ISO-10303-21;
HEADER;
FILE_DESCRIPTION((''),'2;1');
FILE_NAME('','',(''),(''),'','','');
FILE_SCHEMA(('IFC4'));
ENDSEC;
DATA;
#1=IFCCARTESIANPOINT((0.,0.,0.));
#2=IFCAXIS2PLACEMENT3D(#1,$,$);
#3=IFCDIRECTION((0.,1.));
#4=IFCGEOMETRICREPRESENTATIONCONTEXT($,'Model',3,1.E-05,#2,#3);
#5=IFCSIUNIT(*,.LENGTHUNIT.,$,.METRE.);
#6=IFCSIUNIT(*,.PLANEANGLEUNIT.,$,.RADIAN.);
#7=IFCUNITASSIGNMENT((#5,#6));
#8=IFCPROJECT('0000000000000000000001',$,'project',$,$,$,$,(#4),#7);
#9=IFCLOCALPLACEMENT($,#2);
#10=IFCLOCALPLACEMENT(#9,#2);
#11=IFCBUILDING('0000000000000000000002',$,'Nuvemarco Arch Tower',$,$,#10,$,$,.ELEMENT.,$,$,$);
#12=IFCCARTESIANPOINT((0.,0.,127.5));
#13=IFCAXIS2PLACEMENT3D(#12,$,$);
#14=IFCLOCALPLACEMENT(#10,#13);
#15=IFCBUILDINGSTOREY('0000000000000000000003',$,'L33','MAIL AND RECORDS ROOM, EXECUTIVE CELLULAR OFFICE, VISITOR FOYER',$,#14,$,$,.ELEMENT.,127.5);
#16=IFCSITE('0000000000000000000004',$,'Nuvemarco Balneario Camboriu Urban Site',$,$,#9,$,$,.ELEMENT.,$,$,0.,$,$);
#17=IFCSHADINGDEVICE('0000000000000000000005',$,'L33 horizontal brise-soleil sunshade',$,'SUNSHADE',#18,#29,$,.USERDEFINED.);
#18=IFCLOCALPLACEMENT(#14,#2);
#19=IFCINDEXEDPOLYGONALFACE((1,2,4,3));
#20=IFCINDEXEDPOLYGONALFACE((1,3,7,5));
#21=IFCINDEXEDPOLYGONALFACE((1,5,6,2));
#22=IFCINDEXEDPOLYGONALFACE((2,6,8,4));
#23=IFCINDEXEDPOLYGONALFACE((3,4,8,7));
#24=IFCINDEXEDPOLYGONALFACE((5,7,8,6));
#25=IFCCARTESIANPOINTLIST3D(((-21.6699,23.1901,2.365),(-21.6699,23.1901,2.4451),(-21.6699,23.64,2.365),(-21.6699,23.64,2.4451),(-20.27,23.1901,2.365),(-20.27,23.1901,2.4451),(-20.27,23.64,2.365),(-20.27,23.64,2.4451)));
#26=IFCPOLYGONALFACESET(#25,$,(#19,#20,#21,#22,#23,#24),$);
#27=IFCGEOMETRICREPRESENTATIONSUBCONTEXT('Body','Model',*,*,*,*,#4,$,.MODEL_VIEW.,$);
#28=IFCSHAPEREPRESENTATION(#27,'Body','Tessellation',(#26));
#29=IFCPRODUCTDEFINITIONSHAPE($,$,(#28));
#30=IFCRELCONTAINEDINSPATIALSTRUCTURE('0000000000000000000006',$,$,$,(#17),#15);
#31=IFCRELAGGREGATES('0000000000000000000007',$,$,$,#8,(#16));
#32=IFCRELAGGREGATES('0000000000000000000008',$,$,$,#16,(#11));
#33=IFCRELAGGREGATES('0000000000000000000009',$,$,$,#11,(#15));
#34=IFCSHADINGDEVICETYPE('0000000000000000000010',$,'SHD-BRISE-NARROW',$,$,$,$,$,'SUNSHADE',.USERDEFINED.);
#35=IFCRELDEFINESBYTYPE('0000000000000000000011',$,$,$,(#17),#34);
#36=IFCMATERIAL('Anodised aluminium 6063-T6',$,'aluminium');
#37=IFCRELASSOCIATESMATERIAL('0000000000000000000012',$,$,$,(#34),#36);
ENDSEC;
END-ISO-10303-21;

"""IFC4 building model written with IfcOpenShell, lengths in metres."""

from ifc_helpers import new_model, si_unit, direction, frame, origin, origin_2d, place, context, subcontext, project, spatial, rectangle, extrude, source, transform, mapped, material, type_object, type_shapes, element, save


model = new_model("IFC4")

# Units and contexts
model_context = context("Model", 3, precision=1e-05, world=origin(), true_north=direction((0.0, 1.0)))
body_context = subcontext(model_context, "Body", "Model", "MODEL_VIEW")
ifc_project = project(units=[si_unit("LENGTHUNIT", "METRE"), si_unit("PLANEANGLEUNIT", "RADIAN")], contexts=[model_context])

# Site, building, storey
site_placement = place(None, origin())
site = spatial("IfcSite", under=ifc_project, at=site_placement, Name="Nuvemarco Balneario Camboriu Urban Site", CompositionType="ELEMENT", RefElevation=0.0)
building_placement = place(site_placement, origin())
building = spatial("IfcBuilding", under=site, at=building_placement, Name="Nuvemarco Arch Tower", CompositionType="ELEMENT")
storey_placement = place(building_placement, frame((0.0, 0.0, 127.5)))
storey = spatial("IfcBuildingStorey", under=building, at=storey_placement, Name="L33", Description="MAIL AND RECORDS ROOM, EXECUTIVE CELLULAR OFFICE, VISITOR FOYER", CompositionType="ELEMENT", Elevation=127.5)

# Shading device
ifc_material_1 = material(Name="Anodised aluminium 6063-T6", Category="aluminium")
shading_device_type = type_object("IfcShadingDeviceType", Name="SHD-BRISE-NARROW", ElementType="SUNSHADE", PredefinedType="USERDEFINED", material=ifc_material_1)
shared_shape_1 = source(origin(), body_context, "Body", "SweptSolid", [
    extrude(rectangle(XDim=1.3999, YDim=0.45, at=origin_2d()), origin(), (0.0, 0.0, 1.0), 0.0801),
])
type_shapes(shading_device_type, [shared_shape_1])
shading_device_placement = place(storey_placement, frame((-20.97, 23.415, 2.365), z_axis=(0.0, 0.0, 1.0), x_axis=(1.0, 0.0, 0.0)))
element("IfcShadingDevice", 1, at=shading_device_placement, inside=storey, type_object=shading_device_type, Name="L33 horizontal brise-soleil sunshade", ObjectType="SUNSHADE", PredefinedType="USERDEFINED", context=body_context, shape_type="MappedRepresentation", body=[
    mapped(shared_shape_1, transform((0.0, 0.0, 0.0), scale=1.0)),
])

save(model, "model.ifc")
